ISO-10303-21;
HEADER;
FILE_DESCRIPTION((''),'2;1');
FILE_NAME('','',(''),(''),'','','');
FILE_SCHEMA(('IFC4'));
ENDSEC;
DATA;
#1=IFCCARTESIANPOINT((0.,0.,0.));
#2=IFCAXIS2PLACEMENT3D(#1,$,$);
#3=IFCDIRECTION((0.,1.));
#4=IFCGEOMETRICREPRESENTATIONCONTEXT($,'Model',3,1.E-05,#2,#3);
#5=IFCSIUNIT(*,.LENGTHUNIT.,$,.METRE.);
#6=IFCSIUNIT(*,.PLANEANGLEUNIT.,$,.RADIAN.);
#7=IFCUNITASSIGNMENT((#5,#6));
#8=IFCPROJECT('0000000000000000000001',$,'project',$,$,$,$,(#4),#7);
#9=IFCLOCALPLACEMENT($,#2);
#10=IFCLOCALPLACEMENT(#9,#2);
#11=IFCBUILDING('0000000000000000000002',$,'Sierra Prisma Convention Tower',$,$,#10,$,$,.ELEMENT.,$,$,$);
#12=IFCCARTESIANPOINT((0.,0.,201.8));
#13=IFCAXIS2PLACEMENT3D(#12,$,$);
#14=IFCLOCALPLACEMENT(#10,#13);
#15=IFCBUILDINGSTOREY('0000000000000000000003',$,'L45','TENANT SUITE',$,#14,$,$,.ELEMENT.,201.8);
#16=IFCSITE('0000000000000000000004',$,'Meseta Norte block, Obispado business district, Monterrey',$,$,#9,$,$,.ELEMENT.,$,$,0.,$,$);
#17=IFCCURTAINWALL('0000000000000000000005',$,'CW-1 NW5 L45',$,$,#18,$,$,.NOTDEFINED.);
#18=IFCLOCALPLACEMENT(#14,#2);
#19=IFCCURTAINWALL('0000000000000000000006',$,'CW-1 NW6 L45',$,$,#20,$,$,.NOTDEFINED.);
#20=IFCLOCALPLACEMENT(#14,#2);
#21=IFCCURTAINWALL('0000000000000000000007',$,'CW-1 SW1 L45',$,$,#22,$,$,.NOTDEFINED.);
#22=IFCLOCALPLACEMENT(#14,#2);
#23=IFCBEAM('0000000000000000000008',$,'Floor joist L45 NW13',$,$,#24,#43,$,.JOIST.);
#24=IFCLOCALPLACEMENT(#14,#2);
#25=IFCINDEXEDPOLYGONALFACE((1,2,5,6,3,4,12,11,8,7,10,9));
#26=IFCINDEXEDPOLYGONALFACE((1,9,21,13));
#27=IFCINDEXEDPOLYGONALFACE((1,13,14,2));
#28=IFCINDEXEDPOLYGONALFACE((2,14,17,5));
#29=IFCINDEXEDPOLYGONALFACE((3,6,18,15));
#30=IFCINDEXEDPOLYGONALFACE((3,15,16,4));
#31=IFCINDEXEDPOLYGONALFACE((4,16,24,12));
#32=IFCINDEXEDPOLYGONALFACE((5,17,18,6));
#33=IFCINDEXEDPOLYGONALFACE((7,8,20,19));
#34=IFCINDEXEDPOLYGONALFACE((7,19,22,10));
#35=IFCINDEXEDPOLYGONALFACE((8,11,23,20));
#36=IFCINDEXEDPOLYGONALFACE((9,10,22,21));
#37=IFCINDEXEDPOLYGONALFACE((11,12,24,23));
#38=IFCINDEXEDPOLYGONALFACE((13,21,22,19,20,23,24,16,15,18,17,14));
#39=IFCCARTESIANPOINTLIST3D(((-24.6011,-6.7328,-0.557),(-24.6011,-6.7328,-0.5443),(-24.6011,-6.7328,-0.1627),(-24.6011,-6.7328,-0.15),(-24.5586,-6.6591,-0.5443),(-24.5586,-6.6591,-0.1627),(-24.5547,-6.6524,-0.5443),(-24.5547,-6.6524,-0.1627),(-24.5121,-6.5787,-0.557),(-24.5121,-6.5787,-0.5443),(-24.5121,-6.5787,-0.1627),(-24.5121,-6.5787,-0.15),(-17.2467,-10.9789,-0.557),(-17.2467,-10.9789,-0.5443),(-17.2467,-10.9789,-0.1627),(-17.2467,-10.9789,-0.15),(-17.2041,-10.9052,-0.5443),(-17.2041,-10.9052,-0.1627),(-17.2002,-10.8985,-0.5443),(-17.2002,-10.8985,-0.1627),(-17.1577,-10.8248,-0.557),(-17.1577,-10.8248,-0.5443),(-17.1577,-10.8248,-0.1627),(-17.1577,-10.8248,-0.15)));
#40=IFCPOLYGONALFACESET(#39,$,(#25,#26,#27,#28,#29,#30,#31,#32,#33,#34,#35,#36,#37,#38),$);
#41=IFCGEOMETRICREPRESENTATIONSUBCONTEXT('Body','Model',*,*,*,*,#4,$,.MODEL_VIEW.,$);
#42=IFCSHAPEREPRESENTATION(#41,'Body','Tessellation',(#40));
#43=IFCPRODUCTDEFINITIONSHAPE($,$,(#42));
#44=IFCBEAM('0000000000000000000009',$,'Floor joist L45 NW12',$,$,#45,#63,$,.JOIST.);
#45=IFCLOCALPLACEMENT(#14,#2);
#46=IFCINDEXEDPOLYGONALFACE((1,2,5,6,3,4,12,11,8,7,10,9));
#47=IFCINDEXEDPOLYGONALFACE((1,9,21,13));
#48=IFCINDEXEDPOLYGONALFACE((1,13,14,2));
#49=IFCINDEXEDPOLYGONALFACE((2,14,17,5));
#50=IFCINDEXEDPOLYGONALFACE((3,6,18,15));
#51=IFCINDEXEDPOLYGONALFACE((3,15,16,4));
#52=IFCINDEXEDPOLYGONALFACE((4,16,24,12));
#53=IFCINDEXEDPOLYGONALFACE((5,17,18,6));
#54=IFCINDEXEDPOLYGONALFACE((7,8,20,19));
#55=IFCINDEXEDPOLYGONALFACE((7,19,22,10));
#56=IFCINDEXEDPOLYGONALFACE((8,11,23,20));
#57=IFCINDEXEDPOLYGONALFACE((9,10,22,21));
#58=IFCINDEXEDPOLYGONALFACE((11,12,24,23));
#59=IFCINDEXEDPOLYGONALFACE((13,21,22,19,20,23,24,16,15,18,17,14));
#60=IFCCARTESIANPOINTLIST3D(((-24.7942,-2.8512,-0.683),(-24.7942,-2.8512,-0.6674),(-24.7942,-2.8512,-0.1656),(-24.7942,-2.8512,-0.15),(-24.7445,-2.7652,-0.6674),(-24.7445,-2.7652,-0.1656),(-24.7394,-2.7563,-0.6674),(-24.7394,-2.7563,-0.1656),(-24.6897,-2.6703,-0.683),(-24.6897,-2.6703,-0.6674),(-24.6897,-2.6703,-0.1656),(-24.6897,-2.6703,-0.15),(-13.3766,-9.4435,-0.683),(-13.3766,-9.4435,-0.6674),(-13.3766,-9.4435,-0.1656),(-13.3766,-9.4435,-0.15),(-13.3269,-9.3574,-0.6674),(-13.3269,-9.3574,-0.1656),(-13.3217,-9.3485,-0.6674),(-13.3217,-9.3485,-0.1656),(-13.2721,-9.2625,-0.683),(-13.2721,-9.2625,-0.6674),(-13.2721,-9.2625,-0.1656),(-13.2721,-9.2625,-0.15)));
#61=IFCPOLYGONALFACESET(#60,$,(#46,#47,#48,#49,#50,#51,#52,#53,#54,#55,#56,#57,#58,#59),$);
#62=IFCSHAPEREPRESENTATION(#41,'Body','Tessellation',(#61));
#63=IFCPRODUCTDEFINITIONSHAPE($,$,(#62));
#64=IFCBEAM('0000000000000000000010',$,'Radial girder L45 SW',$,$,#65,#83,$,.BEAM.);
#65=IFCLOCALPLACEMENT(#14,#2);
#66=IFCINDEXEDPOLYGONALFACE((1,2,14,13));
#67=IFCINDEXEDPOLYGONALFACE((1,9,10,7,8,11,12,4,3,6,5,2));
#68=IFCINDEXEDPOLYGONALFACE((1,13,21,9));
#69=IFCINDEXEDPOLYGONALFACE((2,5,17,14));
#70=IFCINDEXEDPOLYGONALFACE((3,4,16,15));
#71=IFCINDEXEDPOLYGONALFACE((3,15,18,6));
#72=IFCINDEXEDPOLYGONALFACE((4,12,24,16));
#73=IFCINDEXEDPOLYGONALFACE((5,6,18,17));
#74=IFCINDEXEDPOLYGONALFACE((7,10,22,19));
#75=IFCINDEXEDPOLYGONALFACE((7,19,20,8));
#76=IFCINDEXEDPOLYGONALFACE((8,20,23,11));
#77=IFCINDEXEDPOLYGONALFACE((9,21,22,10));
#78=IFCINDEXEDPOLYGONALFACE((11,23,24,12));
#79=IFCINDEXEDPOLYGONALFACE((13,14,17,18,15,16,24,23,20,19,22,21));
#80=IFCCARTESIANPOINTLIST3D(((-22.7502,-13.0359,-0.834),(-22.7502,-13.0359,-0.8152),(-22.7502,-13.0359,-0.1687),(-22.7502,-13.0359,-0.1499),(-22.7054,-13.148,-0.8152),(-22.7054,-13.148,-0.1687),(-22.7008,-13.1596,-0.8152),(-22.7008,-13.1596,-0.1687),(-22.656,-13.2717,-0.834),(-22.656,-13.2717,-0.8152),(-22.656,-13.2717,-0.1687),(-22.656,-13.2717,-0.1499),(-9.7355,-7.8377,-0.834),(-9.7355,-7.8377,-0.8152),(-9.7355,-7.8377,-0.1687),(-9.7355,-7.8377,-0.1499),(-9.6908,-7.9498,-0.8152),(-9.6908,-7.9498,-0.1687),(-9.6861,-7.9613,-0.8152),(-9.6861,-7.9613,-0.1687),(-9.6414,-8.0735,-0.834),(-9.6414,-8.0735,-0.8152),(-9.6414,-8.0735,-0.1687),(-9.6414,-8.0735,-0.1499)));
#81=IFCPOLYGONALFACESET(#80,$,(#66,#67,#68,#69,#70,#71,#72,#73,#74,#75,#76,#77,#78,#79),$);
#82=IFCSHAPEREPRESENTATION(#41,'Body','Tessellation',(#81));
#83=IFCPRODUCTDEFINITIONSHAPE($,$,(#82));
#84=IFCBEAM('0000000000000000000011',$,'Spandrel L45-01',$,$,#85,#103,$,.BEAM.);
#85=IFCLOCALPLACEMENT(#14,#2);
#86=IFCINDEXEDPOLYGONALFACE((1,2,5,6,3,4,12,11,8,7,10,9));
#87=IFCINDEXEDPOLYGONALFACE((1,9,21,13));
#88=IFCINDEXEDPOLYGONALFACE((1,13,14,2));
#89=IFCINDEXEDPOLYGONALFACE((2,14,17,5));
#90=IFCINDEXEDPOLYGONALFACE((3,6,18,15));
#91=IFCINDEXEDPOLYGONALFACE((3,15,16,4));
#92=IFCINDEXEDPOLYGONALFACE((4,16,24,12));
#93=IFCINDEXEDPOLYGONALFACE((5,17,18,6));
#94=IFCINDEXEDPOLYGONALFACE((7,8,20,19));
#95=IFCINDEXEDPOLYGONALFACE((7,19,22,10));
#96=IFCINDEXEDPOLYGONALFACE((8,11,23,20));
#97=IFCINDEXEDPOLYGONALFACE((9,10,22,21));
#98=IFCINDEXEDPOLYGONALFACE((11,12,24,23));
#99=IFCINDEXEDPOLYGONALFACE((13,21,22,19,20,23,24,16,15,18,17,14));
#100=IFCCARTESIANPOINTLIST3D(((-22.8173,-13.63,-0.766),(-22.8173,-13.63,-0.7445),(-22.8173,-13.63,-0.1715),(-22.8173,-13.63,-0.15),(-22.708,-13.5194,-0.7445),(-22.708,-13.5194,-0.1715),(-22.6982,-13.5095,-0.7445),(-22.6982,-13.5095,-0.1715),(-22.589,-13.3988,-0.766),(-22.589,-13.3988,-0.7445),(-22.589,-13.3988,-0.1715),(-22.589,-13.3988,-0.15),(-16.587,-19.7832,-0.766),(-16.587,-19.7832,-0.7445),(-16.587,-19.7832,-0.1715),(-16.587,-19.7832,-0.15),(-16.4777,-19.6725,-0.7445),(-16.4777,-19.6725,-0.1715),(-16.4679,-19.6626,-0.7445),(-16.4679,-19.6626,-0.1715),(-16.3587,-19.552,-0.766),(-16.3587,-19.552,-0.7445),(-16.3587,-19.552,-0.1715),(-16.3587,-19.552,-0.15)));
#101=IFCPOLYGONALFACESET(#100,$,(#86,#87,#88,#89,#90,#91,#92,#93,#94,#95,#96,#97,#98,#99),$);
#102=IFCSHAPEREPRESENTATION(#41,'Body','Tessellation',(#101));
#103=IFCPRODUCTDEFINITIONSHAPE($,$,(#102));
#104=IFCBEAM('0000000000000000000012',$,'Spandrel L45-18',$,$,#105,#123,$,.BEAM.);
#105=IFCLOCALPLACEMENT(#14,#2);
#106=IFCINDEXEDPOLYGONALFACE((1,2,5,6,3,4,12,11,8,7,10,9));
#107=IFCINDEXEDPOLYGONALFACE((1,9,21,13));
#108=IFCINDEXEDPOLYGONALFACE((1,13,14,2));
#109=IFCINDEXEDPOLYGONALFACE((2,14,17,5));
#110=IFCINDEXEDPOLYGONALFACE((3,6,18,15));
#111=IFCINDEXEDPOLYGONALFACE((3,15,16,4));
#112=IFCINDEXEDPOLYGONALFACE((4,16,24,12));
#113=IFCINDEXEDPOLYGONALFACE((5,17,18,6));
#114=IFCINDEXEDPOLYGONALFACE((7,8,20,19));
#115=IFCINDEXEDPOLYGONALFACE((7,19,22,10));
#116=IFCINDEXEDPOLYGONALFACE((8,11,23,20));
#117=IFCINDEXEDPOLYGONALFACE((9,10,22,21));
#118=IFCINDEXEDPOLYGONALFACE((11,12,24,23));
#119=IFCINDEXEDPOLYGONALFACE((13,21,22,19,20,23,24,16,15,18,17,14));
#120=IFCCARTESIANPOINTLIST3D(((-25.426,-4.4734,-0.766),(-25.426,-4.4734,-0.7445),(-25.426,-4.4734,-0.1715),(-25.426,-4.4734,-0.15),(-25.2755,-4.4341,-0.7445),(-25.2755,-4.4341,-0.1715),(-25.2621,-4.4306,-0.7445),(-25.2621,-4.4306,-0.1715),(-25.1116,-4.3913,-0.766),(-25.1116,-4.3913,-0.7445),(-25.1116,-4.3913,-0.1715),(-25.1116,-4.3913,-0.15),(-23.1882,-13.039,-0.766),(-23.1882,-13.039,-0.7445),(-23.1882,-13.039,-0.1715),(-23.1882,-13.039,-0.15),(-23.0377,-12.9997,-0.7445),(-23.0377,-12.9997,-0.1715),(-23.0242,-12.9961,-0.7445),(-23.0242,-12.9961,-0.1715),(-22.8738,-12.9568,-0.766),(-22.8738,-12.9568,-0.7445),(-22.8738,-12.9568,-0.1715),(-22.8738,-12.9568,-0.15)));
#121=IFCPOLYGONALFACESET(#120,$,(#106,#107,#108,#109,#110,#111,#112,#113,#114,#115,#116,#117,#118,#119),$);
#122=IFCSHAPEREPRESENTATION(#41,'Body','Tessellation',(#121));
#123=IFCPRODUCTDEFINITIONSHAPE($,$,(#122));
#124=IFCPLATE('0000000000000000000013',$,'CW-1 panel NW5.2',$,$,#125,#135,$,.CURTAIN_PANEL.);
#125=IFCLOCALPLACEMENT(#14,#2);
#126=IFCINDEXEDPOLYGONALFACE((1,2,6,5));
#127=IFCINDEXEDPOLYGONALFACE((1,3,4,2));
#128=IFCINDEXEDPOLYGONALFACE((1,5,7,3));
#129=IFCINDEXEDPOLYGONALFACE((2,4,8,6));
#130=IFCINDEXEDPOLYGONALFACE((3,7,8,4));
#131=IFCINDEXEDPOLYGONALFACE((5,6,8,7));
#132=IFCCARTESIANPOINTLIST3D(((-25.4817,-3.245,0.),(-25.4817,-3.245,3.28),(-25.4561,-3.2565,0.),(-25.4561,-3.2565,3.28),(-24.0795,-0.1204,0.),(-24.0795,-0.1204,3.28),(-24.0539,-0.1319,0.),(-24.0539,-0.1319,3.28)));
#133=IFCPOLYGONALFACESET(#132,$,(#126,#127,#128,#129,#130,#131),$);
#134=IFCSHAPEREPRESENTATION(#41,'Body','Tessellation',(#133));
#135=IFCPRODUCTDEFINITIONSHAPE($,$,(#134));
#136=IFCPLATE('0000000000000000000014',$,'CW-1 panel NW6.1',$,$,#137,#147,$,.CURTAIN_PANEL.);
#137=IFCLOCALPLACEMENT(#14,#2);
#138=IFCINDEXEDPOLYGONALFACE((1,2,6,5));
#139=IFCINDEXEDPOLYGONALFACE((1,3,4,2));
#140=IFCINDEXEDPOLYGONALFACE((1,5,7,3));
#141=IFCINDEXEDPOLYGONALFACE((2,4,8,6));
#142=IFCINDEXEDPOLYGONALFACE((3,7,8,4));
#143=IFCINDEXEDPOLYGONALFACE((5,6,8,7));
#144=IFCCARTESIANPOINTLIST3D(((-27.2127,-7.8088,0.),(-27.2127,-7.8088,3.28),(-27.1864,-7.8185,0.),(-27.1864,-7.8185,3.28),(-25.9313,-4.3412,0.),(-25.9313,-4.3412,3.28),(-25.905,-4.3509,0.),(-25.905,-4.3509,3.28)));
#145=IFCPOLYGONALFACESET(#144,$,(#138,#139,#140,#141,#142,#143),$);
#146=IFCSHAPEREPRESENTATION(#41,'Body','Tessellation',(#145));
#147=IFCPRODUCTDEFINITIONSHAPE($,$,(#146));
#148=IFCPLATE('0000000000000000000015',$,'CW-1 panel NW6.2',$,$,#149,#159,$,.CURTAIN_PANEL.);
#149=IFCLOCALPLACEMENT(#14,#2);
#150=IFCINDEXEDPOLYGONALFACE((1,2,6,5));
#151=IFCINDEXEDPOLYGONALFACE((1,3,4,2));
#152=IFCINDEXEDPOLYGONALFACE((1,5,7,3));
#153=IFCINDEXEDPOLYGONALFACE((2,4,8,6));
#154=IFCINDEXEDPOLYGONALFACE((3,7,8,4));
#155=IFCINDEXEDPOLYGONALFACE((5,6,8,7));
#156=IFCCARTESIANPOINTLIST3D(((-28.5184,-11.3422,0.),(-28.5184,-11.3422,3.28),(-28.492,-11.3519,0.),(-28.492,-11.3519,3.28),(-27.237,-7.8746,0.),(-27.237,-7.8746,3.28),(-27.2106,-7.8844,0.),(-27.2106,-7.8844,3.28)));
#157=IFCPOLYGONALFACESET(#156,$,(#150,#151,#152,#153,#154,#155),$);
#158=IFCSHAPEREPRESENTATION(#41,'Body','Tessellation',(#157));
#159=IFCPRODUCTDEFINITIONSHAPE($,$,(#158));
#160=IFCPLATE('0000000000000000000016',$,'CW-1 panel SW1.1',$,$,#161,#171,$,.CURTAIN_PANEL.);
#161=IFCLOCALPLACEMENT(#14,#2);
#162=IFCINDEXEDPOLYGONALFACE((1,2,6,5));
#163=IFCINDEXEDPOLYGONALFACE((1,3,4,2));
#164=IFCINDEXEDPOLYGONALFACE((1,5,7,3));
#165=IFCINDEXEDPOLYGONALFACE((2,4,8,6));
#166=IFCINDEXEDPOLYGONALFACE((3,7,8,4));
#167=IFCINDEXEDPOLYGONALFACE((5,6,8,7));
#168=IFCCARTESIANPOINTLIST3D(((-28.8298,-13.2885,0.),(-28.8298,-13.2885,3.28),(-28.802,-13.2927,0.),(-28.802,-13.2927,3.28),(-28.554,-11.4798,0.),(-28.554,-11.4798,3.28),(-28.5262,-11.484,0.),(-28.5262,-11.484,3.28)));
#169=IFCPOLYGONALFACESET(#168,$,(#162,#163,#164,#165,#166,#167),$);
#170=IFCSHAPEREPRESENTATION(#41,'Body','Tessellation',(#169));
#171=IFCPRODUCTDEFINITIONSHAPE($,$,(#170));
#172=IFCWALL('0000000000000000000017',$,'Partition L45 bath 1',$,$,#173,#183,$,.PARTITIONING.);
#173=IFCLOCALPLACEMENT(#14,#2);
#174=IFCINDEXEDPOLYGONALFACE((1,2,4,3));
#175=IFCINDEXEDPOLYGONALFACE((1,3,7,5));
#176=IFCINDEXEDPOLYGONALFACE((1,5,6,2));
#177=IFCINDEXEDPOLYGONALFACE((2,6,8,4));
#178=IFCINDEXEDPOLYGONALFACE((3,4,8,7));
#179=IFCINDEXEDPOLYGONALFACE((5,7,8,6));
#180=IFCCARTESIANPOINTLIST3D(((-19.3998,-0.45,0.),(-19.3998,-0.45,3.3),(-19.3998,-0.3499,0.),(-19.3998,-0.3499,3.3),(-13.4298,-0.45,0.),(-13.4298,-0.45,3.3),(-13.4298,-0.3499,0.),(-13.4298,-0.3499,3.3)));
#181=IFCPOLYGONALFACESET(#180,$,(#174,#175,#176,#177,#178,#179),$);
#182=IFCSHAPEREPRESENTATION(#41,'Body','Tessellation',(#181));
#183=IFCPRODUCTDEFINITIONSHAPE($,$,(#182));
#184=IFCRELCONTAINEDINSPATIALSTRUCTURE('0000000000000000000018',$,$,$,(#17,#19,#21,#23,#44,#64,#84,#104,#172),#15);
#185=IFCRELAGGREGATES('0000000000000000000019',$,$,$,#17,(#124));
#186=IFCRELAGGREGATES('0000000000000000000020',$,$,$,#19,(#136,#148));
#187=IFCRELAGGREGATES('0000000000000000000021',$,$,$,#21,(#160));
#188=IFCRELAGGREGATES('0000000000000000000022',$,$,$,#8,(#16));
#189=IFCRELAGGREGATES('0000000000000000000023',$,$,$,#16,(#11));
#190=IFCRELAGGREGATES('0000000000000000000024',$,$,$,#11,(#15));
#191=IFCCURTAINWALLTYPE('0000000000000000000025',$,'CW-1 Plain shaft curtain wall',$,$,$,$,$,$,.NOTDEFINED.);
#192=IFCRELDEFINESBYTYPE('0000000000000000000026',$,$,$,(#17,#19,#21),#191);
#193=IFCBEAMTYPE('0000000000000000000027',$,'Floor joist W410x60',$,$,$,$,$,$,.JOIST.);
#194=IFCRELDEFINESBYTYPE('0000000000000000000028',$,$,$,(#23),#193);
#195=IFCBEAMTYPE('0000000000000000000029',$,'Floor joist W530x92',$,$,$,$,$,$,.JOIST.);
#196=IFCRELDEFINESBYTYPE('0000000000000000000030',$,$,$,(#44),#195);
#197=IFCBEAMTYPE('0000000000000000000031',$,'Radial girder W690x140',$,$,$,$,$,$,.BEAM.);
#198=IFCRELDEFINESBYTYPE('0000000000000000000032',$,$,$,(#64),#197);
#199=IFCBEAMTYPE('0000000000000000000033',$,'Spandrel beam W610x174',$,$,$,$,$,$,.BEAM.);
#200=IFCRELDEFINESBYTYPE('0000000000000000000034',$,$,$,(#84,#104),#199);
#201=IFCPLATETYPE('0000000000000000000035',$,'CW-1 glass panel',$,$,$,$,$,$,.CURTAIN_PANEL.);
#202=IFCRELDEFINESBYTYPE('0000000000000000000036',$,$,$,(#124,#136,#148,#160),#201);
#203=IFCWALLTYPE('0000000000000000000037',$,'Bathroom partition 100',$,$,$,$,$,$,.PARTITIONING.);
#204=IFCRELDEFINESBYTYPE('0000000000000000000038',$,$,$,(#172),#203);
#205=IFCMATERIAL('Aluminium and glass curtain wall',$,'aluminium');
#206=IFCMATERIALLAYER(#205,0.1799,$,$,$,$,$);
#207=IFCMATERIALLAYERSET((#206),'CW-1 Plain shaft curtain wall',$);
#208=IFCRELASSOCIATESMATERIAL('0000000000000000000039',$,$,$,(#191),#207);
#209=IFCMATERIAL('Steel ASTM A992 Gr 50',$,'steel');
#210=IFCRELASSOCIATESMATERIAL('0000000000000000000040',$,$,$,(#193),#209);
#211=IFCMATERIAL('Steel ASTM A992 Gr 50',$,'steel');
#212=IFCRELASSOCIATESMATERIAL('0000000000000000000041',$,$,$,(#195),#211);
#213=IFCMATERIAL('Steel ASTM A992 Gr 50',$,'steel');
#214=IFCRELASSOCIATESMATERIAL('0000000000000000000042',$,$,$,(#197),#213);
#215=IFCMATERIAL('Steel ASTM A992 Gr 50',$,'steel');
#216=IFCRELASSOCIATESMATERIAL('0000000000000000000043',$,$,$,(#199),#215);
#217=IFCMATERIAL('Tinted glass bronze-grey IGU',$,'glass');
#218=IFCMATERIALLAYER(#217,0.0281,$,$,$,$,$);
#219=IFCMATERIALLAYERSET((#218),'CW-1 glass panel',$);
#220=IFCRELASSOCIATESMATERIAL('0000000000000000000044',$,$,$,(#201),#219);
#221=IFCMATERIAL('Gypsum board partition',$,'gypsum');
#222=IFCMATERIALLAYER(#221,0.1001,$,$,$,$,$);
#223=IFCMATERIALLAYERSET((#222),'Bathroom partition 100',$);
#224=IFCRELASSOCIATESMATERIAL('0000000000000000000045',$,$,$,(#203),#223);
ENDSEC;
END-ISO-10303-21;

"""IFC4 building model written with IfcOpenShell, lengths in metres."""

from ifc_helpers import new_model, si_unit, direction, frame, frame_2d, origin, origin_2d, place, context, subcontext, project, spatial, rectangle, i_section, extrude, material, layer, layer_set, material_profile, profile_set, type_object, element, aggregate, save


model = new_model("IFC4")

# Units and contexts
model_context = context("Model", 3, precision=1e-05, world=origin(), true_north=direction((0.0, 1.0)))
body_context = subcontext(model_context, "Body", "Model", "MODEL_VIEW")
ifc_project = project(units=[si_unit("LENGTHUNIT", "METRE"), si_unit("PLANEANGLEUNIT", "RADIAN")], contexts=[model_context])

# Site, building, storey
site_placement = place(None, origin())
site = spatial("IfcSite", under=ifc_project, at=site_placement, Name="Meseta Norte block, Obispado business district, Monterrey", CompositionType="ELEMENT", RefElevation=0.0)
building_placement = place(site_placement, origin())
building = spatial("IfcBuilding", under=site, at=building_placement, Name="Sierra Prisma Convention Tower", CompositionType="ELEMENT")
storey_placement = place(building_placement, frame((0.0, 0.0, 201.8)))
storey = spatial("IfcBuildingStorey", under=building, at=storey_placement, Name="L45", Description="TENANT SUITE", CompositionType="ELEMENT", Elevation=201.8)

# Curtain wall
ifc_material_1 = material(Name="Aluminium and glass curtain wall", Category="aluminium")
ifc_layer_1 = layer(ifc_material_1, 0.1799)
ifc_layer_set_1 = layer_set([ifc_layer_1], Name="CW-1 Plain shaft curtain wall")
curtain_wall_type = type_object("IfcCurtainWallType", Name="CW-1 Plain shaft curtain wall", PredefinedType="NOTDEFINED", material=ifc_layer_set_1)
curtain_wall_1_placement = place(storey_placement, origin())
curtain_wall_1 = element("IfcCurtainWall", 1, at=curtain_wall_1_placement, inside=storey, type_object=curtain_wall_type, Name="CW-1 NW5 L45", PredefinedType="NOTDEFINED")

# Curtain walls
curtain_wall_2_placement = place(storey_placement, origin())
curtain_wall_2 = element("IfcCurtainWall", 2, at=curtain_wall_2_placement, inside=storey, type_object=curtain_wall_type, Name="CW-1 NW6 L45", PredefinedType="NOTDEFINED")
curtain_wall_3_placement = place(storey_placement, origin())
curtain_wall_3 = element("IfcCurtainWall", 3, at=curtain_wall_3_placement, inside=storey, type_object=curtain_wall_type, Name="CW-1 SW1 L45", PredefinedType="NOTDEFINED")

# Beams
ifc_material_2 = material(Name="Steel ASTM A992 Gr 50", Category="steel")
ifc_material_profile_1 = material_profile(ifc_material_2, i_section(OverallWidth=0.178, OverallDepth=0.407, WebThickness=0.0078, FlangeThickness=0.0127, at=origin_2d()), Name="W410x60")
ifc_profile_set_1 = profile_set([ifc_material_profile_1], Name="Steel ASTM A992 Gr 50")
beam_type_1 = type_object("IfcBeamType", Name="Floor joist W410x60", PredefinedType="JOIST", material=ifc_profile_set_1)
beam_1_placement = place(storey_placement, frame((-24.5566, -6.6558, -0.3535), z_axis=(0.866027, -0.499998, 0.0), x_axis=(0.499998, 0.866027, 0.0)))
element("IfcBeam", 4, at=beam_1_placement, inside=storey, type_object=beam_type_1, Name="Floor joist L45 NW13", PredefinedType="JOIST", context=body_context, shape_type="SweptSolid", body=[
    extrude(i_section(OverallWidth=0.178, OverallDepth=0.407, WebThickness=0.0078, FlangeThickness=0.0127, at=origin_2d()), origin(), (0.0, 0.0, 1.0), 8.4922),
])
ifc_material_3 = material(Name="Steel ASTM A992 Gr 50", Category="steel")
ifc_material_profile_2 = material_profile(ifc_material_3, i_section(OverallWidth=0.209, OverallDepth=0.533, WebThickness=0.0103, FlangeThickness=0.0156, at=origin_2d()), Name="W530x92")
ifc_profile_set_2 = profile_set([ifc_material_profile_2], Name="Steel ASTM A992 Gr 50")
beam_type_2 = type_object("IfcBeamType", Name="Floor joist W530x92", PredefinedType="JOIST", material=ifc_profile_set_2)
beam_2_placement = place(storey_placement, frame((-24.7419, -2.7607, -0.4165), z_axis=(0.866017, -0.500015, 0.0), x_axis=(0.500015, 0.866017, 0.0)))
element("IfcBeam", 5, at=beam_2_placement, inside=storey, type_object=beam_type_2, Name="Floor joist L45 NW12", PredefinedType="JOIST", context=body_context, shape_type="SweptSolid", body=[
    extrude(i_section(OverallWidth=0.209, OverallDepth=0.533, WebThickness=0.0103, FlangeThickness=0.0156, at=origin_2d()), origin(), (0.0, 0.0, 1.0), 13.1841),
])
ifc_material_4 = material(Name="Steel ASTM A992 Gr 50", Category="steel")
ifc_material_profile_3 = material_profile(ifc_material_4, i_section(OverallWidth=0.2539, OverallDepth=0.6841, WebThickness=0.0125, FlangeThickness=0.0188, at=origin_2d()), Name="W690x140")
ifc_profile_set_3 = profile_set([ifc_material_profile_3], Name="Steel ASTM A992 Gr 50")
beam_type_3 = type_object("IfcBeamType", Name="Radial girder W690x140", PredefinedType="BEAM", material=ifc_profile_set_3)
beam_3_placement = place(storey_placement, frame((-22.7031, -13.1538, -0.4919), z_axis=(0.928664, 0.370922, 0.0), x_axis=(-0.370922, 0.928664, 0.0)))
element("IfcBeam", 6, at=beam_3_placement, inside=storey, type_object=beam_type_3, Name="Radial girder L45 SW", PredefinedType="BEAM", context=body_context, shape_type="SweptSolid", body=[
    extrude(i_section(OverallWidth=0.2539, OverallDepth=0.6841, WebThickness=0.0125, FlangeThickness=0.0188, at=origin_2d()), origin(), (0.0, 0.0, 1.0), 14.0144),
])
ifc_material_5 = material(Name="Steel ASTM A992 Gr 50", Category="steel")
ifc_material_profile_4 = material_profile(ifc_material_5, i_section(OverallWidth=0.325, OverallDepth=0.616, WebThickness=0.0139, FlangeThickness=0.0215, at=origin_2d()), Name="W610x174")
ifc_profile_set_4 = profile_set([ifc_material_profile_4], Name="Steel ASTM A992 Gr 50")
beam_type_4 = type_object("IfcBeamType", Name="Spandrel beam W610x174", PredefinedType="BEAM", material=ifc_profile_set_4)
beam_4_placement = place(storey_placement, frame((-22.7031, -13.5144, -0.458), z_axis=(0.711498, -0.702688, 0.0), x_axis=(0.702688, 0.711498, 0.0)))
element("IfcBeam", 7, at=beam_4_placement, inside=storey, type_object=beam_type_4, Name="Spandrel L45-01", PredefinedType="BEAM", context=body_context, shape_type="SweptSolid", body=[
    extrude(i_section(OverallWidth=0.325, OverallDepth=0.616, WebThickness=0.0139, FlangeThickness=0.0215, at=origin_2d()), origin(), (0.0, 0.0, 1.0), 8.7566),
])
beam_5_placement = place(storey_placement, frame((-25.2688, -4.4324, -0.458), z_axis=(0.252774, -0.967525, 0.0), x_axis=(0.967525, 0.252774, 0.0)))
element("IfcBeam", 8, at=beam_5_placement, inside=storey, type_object=beam_type_4, Name="Spandrel L45-18", PredefinedType="BEAM", context=body_context, shape_type="SweptSolid", body=[
    extrude(i_section(OverallWidth=0.325, OverallDepth=0.616, WebThickness=0.0139, FlangeThickness=0.0215, at=origin_2d()), origin(), (0.0, 0.0, 1.0), 8.853),
])

# Plates
ifc_material_6 = material(Name="Tinted glass bronze-grey IGU", Category="glass")
ifc_layer_2 = layer(ifc_material_6, 0.0281)
ifc_layer_set_2 = layer_set([ifc_layer_2], Name="CW-1 glass panel")
plate_type = type_object("IfcPlateType", Name="CW-1 glass panel", PredefinedType="CURTAIN_PANEL", material=ifc_layer_set_2)
plate_1_placement = place(storey_placement, frame((-24.7678, -1.6885, 0.0), z_axis=(0.0, 0.0, 1.0), x_axis=(-0.409426, -0.912343, 0.0)))
plate_1 = element("IfcPlate", 9, at=plate_1_placement, type_object=plate_type, Name="CW-1 panel NW5.2", PredefinedType="CURTAIN_PANEL", context=body_context, shape_type="SweptSolid", body=[
    extrude(rectangle(XDim=3.4248, YDim=0.0281, at=origin_2d()), origin(), (0.0, 0.0, 1.0), 3.28),
])
aggregate(curtain_wall_1, [plate_1])
plate_2_placement = place(storey_placement, frame((-26.5588, -6.0798, 0.0), z_axis=(0.0, 0.0, 1.0), x_axis=(-0.34663, -0.938002, 0.0)))
plate_2 = element("IfcPlate", 10, at=plate_2_placement, type_object=plate_type, Name="CW-1 panel NW6.1", PredefinedType="CURTAIN_PANEL", context=body_context, shape_type="SweptSolid", body=[
    extrude(rectangle(XDim=3.6968, YDim=0.0281, at=origin_2d()), origin(), (0.0, 0.0, 1.0), 3.28),
])
plate_3_placement = place(storey_placement, frame((-27.8645, -9.6133, 0.0), z_axis=(0.0, 0.0, 1.0), x_axis=(-0.34663, -0.938002, 0.0)))
plate_3 = element("IfcPlate", 11, at=plate_3_placement, type_object=plate_type, Name="CW-1 panel NW6.2", PredefinedType="CURTAIN_PANEL", context=body_context, shape_type="SweptSolid", body=[
    extrude(rectangle(XDim=3.6968, YDim=0.0281, at=origin_2d()), origin(), (0.0, 0.0, 1.0), 3.28),
])
aggregate(curtain_wall_2, [plate_2, plate_3])
plate_4_placement = place(storey_placement, frame((-28.678, -12.3862, 0.0), z_axis=(0.0, 0.0, 1.0), x_axis=(-0.150745, -0.988573, 0.0)))
plate_4 = element("IfcPlate", 12, at=plate_4_placement, type_object=plate_type, Name="CW-1 panel SW1.1", PredefinedType="CURTAIN_PANEL", context=body_context, shape_type="SweptSolid", body=[
    extrude(rectangle(XDim=1.8296, YDim=0.0281, at=origin_2d()), origin(), (0.0, 0.0, 1.0), 3.28),
])
aggregate(curtain_wall_3, [plate_4])

# Wall
ifc_material_7 = material(Name="Gypsum board partition", Category="gypsum")
ifc_layer_3 = layer(ifc_material_7, 0.1001)
ifc_layer_set_3 = layer_set([ifc_layer_3], Name="Bathroom partition 100")
wall_type_1 = type_object("IfcWallType", Name="Bathroom partition 100", PredefinedType="PARTITIONING", material=ifc_layer_set_3)
wall_1_placement = place(storey_placement, frame((-13.4299, -0.3999, 0.0), z_axis=(0.0, 0.0, 1.0), x_axis=(-1.0, 0.0, 0.0)))
element("IfcWall", 13, at=wall_1_placement, inside=storey, type_object=wall_type_1, Name="Partition L45 bath 1", PredefinedType="PARTITIONING", context=body_context, shape_type="SweptSolid", body=[
    extrude(rectangle(XDim=5.97, YDim=0.1001, at=frame_2d((2.9849, 0.0))), origin(), (0.0, 0.0, 1.0), 3.3),
])

save(model, "model.ifc")
